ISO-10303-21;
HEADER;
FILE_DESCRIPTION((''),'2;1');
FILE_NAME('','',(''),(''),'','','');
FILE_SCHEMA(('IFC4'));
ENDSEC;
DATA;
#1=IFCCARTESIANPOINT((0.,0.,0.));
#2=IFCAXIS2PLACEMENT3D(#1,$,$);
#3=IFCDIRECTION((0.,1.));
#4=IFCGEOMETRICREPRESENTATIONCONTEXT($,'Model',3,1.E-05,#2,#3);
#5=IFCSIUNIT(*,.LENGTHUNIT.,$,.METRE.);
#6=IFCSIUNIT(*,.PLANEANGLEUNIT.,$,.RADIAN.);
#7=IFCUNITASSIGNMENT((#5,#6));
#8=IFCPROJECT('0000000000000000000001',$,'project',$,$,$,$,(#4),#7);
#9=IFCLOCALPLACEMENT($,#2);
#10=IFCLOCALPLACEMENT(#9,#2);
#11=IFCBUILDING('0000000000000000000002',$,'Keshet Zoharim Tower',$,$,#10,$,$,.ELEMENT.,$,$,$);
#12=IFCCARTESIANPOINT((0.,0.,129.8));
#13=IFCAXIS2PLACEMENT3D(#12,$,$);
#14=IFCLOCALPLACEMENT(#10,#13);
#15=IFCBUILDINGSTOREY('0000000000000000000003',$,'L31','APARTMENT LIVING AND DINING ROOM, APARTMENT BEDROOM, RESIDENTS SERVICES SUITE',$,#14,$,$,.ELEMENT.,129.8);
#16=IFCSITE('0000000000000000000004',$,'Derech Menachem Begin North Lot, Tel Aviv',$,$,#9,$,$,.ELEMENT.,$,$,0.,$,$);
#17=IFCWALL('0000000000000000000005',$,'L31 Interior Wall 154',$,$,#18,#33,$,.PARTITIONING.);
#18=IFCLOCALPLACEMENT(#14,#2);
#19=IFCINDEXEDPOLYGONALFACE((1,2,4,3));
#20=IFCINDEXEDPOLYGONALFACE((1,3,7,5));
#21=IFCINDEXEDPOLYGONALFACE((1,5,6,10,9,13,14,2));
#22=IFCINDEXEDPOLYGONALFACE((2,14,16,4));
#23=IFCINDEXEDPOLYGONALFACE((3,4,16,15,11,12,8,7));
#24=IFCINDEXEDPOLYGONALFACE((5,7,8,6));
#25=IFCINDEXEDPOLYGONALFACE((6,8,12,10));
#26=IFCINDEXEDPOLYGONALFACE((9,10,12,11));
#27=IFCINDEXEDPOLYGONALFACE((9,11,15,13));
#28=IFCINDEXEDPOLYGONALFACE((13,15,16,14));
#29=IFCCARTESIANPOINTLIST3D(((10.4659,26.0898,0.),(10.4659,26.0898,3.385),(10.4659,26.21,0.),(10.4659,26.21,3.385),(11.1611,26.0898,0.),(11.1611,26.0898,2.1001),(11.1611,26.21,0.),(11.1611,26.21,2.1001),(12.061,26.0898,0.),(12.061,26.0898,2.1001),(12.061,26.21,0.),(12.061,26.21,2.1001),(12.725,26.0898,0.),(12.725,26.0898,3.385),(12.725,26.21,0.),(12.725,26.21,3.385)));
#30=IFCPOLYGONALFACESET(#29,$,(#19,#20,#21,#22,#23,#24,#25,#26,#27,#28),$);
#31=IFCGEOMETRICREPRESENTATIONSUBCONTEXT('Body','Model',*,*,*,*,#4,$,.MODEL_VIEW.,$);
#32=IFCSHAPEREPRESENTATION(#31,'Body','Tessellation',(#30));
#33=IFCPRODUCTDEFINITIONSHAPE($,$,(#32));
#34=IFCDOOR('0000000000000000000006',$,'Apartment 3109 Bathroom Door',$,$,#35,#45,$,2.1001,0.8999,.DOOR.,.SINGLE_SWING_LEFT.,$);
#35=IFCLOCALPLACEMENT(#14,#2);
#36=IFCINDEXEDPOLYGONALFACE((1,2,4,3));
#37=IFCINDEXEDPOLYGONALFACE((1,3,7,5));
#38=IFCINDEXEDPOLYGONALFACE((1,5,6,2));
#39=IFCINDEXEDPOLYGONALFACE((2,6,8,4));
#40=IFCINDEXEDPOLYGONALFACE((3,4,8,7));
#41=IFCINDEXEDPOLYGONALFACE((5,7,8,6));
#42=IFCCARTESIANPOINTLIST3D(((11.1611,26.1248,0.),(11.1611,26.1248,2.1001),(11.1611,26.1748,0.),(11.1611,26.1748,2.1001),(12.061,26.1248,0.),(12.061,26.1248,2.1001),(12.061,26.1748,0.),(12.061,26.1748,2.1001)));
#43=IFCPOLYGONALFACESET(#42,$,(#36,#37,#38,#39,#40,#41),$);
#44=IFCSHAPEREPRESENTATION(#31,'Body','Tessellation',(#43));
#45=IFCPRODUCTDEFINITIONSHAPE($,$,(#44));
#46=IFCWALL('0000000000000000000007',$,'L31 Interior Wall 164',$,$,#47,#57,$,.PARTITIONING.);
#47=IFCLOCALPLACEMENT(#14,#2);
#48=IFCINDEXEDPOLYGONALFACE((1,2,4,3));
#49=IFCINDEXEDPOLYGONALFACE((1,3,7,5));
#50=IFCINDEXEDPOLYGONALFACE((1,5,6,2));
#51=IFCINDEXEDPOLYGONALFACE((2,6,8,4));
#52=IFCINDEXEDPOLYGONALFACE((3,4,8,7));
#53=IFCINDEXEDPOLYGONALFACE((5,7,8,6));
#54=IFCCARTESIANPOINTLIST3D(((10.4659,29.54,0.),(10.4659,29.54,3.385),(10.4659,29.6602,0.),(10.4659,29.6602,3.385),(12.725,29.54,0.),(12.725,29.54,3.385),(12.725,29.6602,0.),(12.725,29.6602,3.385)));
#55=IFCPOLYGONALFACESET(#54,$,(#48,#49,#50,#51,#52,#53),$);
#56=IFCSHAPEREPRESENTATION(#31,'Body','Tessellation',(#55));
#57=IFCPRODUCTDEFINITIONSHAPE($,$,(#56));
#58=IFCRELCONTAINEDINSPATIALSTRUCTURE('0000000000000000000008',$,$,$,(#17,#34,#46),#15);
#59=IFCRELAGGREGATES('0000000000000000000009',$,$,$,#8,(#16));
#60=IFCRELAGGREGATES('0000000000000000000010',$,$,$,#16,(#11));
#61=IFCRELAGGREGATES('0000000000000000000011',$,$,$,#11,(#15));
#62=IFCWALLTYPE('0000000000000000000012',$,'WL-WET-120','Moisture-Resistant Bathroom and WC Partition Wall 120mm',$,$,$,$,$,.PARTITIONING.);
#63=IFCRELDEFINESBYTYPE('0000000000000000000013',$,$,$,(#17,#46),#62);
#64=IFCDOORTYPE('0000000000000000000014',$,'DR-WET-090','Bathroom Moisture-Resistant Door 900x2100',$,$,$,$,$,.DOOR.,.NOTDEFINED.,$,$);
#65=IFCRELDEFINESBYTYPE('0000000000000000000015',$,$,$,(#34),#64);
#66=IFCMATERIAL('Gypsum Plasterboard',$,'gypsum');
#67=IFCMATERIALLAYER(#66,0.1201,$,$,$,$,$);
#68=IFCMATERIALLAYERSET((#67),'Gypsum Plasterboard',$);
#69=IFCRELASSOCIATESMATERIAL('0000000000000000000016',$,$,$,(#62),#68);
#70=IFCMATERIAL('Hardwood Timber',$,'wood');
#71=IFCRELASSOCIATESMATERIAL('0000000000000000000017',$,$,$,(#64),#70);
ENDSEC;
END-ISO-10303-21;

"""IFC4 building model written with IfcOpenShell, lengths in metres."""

from ifc_helpers import new_model, si_unit, direction, frame, frame_2d, origin, place, context, subcontext, project, spatial, rectangle, extrude, material, layer, layer_set, type_object, element, fill, save


model = new_model("IFC4")

# Units and contexts
model_context = context("Model", 3, precision=1e-05, world=origin(), true_north=direction((0.0, 1.0)))
body_context = subcontext(model_context, "Body", "Model", "MODEL_VIEW")
ifc_project = project(units=[si_unit("LENGTHUNIT", "METRE"), si_unit("PLANEANGLEUNIT", "RADIAN")], contexts=[model_context])

# Site, building, storey
site_placement = place(None, origin())
site = spatial("IfcSite", under=ifc_project, at=site_placement, Name="Derech Menachem Begin North Lot, Tel Aviv", CompositionType="ELEMENT", RefElevation=0.0)
building_placement = place(site_placement, origin())
building = spatial("IfcBuilding", under=site, at=building_placement, Name="Keshet Zoharim Tower", CompositionType="ELEMENT")
storey_placement = place(building_placement, frame((0.0, 0.0, 129.8)))
storey = spatial("IfcBuildingStorey", under=building, at=storey_placement, Name="L31", Description="APARTMENT LIVING AND DINING ROOM, APARTMENT BEDROOM, RESIDENTS SERVICES SUITE", CompositionType="ELEMENT", Elevation=129.8)

# Shared definitions
ifc_material_1 = material(Name="Hardwood Timber", Category="wood")

# Shared definitions
ifc_material_2 = material(Name="Gypsum Plasterboard", Category="gypsum")

# Shared definitions
ifc_layer_1 = layer(ifc_material_2, 0.1201)
ifc_layer_set_1 = layer_set([ifc_layer_1], Name="Gypsum Plasterboard")
wall_type_1 = type_object("IfcWallType", Name="WL-WET-120", Description="Moisture-Resistant Bathroom and WC Partition Wall 120mm", PredefinedType="PARTITIONING", material=ifc_layer_set_1)

# Wall, opening, door
wall_1_placement = place(storey_placement, frame((10.4661, 26.1499, 0.0), z_axis=(0.0, 0.0, 1.0), x_axis=(1.0, 0.0, 0.0)))
wall_1 = element("IfcWall", 1, at=wall_1_placement, inside=storey, type_object=wall_type_1, Name="L31 Interior Wall 154", PredefinedType="PARTITIONING", context=body_context, shape_type="SweptSolid", body=[
    extrude(rectangle(XDim=2.259, YDim=0.1201, at=frame_2d((1.1294, 0.0))), origin(), (0.0, 0.0, 1.0), 3.385),
])
opening_1_placement = place(wall_1_placement, frame((0.6951, 0.0, 0.0)))
opening_1 = element("IfcOpeningElement", 2, at=opening_1_placement, cuts=wall_1, PredefinedType="OPENING", context=body_context, shape_type="SweptSolid", body=[
    extrude(rectangle(XDim=0.8999, YDim=2.1001, at=frame_2d((0.45, 1.05))), frame((0.0, 0.0701, 0.0), z_axis=(0.0, -1.0, 0.0), x_axis=(1.0, 0.0, 0.0)), (0.0, 0.0, 1.0), 0.1401),
])
door_type_1 = type_object("IfcDoorType", Name="DR-WET-090", Description="Bathroom Moisture-Resistant Door 900x2100", OperationType="NOTDEFINED", PredefinedType="DOOR", material=ifc_material_1)
door_1_placement = place(opening_1_placement, origin())
door_1 = element("IfcDoor", 3, at=door_1_placement, inside=storey, type_object=door_type_1, Name="Apartment 3109 Bathroom Door", OperationType="SINGLE_SWING_LEFT", OverallHeight=2.1001, OverallWidth=0.8999, PredefinedType="DOOR", context=body_context, shape_type="SweptSolid", body=[
    extrude(rectangle(XDim=0.8999, YDim=2.1001, at=frame_2d((0.45, 1.05))), frame((0.0, 0.0249, 0.0), z_axis=(0.0, -1.0, 0.0), x_axis=(1.0, 0.0, 0.0)), (0.0, 0.0, 1.0), 0.05),
])
fill(opening_1, door_1)

# Wall
wall_2_placement = place(storey_placement, frame((10.4661, 29.6001, 0.0), z_axis=(0.0, 0.0, 1.0), x_axis=(1.0, 0.0, 0.0)))
element("IfcWall", 4, at=wall_2_placement, inside=storey, type_object=wall_type_1, Name="L31 Interior Wall 164", PredefinedType="PARTITIONING", context=body_context, shape_type="SweptSolid", body=[
    extrude(rectangle(XDim=2.259, YDim=0.1201, at=frame_2d((1.1294, 0.0))), origin(), (0.0, 0.0, 1.0), 3.385),
])

save(model, "model.ifc")
